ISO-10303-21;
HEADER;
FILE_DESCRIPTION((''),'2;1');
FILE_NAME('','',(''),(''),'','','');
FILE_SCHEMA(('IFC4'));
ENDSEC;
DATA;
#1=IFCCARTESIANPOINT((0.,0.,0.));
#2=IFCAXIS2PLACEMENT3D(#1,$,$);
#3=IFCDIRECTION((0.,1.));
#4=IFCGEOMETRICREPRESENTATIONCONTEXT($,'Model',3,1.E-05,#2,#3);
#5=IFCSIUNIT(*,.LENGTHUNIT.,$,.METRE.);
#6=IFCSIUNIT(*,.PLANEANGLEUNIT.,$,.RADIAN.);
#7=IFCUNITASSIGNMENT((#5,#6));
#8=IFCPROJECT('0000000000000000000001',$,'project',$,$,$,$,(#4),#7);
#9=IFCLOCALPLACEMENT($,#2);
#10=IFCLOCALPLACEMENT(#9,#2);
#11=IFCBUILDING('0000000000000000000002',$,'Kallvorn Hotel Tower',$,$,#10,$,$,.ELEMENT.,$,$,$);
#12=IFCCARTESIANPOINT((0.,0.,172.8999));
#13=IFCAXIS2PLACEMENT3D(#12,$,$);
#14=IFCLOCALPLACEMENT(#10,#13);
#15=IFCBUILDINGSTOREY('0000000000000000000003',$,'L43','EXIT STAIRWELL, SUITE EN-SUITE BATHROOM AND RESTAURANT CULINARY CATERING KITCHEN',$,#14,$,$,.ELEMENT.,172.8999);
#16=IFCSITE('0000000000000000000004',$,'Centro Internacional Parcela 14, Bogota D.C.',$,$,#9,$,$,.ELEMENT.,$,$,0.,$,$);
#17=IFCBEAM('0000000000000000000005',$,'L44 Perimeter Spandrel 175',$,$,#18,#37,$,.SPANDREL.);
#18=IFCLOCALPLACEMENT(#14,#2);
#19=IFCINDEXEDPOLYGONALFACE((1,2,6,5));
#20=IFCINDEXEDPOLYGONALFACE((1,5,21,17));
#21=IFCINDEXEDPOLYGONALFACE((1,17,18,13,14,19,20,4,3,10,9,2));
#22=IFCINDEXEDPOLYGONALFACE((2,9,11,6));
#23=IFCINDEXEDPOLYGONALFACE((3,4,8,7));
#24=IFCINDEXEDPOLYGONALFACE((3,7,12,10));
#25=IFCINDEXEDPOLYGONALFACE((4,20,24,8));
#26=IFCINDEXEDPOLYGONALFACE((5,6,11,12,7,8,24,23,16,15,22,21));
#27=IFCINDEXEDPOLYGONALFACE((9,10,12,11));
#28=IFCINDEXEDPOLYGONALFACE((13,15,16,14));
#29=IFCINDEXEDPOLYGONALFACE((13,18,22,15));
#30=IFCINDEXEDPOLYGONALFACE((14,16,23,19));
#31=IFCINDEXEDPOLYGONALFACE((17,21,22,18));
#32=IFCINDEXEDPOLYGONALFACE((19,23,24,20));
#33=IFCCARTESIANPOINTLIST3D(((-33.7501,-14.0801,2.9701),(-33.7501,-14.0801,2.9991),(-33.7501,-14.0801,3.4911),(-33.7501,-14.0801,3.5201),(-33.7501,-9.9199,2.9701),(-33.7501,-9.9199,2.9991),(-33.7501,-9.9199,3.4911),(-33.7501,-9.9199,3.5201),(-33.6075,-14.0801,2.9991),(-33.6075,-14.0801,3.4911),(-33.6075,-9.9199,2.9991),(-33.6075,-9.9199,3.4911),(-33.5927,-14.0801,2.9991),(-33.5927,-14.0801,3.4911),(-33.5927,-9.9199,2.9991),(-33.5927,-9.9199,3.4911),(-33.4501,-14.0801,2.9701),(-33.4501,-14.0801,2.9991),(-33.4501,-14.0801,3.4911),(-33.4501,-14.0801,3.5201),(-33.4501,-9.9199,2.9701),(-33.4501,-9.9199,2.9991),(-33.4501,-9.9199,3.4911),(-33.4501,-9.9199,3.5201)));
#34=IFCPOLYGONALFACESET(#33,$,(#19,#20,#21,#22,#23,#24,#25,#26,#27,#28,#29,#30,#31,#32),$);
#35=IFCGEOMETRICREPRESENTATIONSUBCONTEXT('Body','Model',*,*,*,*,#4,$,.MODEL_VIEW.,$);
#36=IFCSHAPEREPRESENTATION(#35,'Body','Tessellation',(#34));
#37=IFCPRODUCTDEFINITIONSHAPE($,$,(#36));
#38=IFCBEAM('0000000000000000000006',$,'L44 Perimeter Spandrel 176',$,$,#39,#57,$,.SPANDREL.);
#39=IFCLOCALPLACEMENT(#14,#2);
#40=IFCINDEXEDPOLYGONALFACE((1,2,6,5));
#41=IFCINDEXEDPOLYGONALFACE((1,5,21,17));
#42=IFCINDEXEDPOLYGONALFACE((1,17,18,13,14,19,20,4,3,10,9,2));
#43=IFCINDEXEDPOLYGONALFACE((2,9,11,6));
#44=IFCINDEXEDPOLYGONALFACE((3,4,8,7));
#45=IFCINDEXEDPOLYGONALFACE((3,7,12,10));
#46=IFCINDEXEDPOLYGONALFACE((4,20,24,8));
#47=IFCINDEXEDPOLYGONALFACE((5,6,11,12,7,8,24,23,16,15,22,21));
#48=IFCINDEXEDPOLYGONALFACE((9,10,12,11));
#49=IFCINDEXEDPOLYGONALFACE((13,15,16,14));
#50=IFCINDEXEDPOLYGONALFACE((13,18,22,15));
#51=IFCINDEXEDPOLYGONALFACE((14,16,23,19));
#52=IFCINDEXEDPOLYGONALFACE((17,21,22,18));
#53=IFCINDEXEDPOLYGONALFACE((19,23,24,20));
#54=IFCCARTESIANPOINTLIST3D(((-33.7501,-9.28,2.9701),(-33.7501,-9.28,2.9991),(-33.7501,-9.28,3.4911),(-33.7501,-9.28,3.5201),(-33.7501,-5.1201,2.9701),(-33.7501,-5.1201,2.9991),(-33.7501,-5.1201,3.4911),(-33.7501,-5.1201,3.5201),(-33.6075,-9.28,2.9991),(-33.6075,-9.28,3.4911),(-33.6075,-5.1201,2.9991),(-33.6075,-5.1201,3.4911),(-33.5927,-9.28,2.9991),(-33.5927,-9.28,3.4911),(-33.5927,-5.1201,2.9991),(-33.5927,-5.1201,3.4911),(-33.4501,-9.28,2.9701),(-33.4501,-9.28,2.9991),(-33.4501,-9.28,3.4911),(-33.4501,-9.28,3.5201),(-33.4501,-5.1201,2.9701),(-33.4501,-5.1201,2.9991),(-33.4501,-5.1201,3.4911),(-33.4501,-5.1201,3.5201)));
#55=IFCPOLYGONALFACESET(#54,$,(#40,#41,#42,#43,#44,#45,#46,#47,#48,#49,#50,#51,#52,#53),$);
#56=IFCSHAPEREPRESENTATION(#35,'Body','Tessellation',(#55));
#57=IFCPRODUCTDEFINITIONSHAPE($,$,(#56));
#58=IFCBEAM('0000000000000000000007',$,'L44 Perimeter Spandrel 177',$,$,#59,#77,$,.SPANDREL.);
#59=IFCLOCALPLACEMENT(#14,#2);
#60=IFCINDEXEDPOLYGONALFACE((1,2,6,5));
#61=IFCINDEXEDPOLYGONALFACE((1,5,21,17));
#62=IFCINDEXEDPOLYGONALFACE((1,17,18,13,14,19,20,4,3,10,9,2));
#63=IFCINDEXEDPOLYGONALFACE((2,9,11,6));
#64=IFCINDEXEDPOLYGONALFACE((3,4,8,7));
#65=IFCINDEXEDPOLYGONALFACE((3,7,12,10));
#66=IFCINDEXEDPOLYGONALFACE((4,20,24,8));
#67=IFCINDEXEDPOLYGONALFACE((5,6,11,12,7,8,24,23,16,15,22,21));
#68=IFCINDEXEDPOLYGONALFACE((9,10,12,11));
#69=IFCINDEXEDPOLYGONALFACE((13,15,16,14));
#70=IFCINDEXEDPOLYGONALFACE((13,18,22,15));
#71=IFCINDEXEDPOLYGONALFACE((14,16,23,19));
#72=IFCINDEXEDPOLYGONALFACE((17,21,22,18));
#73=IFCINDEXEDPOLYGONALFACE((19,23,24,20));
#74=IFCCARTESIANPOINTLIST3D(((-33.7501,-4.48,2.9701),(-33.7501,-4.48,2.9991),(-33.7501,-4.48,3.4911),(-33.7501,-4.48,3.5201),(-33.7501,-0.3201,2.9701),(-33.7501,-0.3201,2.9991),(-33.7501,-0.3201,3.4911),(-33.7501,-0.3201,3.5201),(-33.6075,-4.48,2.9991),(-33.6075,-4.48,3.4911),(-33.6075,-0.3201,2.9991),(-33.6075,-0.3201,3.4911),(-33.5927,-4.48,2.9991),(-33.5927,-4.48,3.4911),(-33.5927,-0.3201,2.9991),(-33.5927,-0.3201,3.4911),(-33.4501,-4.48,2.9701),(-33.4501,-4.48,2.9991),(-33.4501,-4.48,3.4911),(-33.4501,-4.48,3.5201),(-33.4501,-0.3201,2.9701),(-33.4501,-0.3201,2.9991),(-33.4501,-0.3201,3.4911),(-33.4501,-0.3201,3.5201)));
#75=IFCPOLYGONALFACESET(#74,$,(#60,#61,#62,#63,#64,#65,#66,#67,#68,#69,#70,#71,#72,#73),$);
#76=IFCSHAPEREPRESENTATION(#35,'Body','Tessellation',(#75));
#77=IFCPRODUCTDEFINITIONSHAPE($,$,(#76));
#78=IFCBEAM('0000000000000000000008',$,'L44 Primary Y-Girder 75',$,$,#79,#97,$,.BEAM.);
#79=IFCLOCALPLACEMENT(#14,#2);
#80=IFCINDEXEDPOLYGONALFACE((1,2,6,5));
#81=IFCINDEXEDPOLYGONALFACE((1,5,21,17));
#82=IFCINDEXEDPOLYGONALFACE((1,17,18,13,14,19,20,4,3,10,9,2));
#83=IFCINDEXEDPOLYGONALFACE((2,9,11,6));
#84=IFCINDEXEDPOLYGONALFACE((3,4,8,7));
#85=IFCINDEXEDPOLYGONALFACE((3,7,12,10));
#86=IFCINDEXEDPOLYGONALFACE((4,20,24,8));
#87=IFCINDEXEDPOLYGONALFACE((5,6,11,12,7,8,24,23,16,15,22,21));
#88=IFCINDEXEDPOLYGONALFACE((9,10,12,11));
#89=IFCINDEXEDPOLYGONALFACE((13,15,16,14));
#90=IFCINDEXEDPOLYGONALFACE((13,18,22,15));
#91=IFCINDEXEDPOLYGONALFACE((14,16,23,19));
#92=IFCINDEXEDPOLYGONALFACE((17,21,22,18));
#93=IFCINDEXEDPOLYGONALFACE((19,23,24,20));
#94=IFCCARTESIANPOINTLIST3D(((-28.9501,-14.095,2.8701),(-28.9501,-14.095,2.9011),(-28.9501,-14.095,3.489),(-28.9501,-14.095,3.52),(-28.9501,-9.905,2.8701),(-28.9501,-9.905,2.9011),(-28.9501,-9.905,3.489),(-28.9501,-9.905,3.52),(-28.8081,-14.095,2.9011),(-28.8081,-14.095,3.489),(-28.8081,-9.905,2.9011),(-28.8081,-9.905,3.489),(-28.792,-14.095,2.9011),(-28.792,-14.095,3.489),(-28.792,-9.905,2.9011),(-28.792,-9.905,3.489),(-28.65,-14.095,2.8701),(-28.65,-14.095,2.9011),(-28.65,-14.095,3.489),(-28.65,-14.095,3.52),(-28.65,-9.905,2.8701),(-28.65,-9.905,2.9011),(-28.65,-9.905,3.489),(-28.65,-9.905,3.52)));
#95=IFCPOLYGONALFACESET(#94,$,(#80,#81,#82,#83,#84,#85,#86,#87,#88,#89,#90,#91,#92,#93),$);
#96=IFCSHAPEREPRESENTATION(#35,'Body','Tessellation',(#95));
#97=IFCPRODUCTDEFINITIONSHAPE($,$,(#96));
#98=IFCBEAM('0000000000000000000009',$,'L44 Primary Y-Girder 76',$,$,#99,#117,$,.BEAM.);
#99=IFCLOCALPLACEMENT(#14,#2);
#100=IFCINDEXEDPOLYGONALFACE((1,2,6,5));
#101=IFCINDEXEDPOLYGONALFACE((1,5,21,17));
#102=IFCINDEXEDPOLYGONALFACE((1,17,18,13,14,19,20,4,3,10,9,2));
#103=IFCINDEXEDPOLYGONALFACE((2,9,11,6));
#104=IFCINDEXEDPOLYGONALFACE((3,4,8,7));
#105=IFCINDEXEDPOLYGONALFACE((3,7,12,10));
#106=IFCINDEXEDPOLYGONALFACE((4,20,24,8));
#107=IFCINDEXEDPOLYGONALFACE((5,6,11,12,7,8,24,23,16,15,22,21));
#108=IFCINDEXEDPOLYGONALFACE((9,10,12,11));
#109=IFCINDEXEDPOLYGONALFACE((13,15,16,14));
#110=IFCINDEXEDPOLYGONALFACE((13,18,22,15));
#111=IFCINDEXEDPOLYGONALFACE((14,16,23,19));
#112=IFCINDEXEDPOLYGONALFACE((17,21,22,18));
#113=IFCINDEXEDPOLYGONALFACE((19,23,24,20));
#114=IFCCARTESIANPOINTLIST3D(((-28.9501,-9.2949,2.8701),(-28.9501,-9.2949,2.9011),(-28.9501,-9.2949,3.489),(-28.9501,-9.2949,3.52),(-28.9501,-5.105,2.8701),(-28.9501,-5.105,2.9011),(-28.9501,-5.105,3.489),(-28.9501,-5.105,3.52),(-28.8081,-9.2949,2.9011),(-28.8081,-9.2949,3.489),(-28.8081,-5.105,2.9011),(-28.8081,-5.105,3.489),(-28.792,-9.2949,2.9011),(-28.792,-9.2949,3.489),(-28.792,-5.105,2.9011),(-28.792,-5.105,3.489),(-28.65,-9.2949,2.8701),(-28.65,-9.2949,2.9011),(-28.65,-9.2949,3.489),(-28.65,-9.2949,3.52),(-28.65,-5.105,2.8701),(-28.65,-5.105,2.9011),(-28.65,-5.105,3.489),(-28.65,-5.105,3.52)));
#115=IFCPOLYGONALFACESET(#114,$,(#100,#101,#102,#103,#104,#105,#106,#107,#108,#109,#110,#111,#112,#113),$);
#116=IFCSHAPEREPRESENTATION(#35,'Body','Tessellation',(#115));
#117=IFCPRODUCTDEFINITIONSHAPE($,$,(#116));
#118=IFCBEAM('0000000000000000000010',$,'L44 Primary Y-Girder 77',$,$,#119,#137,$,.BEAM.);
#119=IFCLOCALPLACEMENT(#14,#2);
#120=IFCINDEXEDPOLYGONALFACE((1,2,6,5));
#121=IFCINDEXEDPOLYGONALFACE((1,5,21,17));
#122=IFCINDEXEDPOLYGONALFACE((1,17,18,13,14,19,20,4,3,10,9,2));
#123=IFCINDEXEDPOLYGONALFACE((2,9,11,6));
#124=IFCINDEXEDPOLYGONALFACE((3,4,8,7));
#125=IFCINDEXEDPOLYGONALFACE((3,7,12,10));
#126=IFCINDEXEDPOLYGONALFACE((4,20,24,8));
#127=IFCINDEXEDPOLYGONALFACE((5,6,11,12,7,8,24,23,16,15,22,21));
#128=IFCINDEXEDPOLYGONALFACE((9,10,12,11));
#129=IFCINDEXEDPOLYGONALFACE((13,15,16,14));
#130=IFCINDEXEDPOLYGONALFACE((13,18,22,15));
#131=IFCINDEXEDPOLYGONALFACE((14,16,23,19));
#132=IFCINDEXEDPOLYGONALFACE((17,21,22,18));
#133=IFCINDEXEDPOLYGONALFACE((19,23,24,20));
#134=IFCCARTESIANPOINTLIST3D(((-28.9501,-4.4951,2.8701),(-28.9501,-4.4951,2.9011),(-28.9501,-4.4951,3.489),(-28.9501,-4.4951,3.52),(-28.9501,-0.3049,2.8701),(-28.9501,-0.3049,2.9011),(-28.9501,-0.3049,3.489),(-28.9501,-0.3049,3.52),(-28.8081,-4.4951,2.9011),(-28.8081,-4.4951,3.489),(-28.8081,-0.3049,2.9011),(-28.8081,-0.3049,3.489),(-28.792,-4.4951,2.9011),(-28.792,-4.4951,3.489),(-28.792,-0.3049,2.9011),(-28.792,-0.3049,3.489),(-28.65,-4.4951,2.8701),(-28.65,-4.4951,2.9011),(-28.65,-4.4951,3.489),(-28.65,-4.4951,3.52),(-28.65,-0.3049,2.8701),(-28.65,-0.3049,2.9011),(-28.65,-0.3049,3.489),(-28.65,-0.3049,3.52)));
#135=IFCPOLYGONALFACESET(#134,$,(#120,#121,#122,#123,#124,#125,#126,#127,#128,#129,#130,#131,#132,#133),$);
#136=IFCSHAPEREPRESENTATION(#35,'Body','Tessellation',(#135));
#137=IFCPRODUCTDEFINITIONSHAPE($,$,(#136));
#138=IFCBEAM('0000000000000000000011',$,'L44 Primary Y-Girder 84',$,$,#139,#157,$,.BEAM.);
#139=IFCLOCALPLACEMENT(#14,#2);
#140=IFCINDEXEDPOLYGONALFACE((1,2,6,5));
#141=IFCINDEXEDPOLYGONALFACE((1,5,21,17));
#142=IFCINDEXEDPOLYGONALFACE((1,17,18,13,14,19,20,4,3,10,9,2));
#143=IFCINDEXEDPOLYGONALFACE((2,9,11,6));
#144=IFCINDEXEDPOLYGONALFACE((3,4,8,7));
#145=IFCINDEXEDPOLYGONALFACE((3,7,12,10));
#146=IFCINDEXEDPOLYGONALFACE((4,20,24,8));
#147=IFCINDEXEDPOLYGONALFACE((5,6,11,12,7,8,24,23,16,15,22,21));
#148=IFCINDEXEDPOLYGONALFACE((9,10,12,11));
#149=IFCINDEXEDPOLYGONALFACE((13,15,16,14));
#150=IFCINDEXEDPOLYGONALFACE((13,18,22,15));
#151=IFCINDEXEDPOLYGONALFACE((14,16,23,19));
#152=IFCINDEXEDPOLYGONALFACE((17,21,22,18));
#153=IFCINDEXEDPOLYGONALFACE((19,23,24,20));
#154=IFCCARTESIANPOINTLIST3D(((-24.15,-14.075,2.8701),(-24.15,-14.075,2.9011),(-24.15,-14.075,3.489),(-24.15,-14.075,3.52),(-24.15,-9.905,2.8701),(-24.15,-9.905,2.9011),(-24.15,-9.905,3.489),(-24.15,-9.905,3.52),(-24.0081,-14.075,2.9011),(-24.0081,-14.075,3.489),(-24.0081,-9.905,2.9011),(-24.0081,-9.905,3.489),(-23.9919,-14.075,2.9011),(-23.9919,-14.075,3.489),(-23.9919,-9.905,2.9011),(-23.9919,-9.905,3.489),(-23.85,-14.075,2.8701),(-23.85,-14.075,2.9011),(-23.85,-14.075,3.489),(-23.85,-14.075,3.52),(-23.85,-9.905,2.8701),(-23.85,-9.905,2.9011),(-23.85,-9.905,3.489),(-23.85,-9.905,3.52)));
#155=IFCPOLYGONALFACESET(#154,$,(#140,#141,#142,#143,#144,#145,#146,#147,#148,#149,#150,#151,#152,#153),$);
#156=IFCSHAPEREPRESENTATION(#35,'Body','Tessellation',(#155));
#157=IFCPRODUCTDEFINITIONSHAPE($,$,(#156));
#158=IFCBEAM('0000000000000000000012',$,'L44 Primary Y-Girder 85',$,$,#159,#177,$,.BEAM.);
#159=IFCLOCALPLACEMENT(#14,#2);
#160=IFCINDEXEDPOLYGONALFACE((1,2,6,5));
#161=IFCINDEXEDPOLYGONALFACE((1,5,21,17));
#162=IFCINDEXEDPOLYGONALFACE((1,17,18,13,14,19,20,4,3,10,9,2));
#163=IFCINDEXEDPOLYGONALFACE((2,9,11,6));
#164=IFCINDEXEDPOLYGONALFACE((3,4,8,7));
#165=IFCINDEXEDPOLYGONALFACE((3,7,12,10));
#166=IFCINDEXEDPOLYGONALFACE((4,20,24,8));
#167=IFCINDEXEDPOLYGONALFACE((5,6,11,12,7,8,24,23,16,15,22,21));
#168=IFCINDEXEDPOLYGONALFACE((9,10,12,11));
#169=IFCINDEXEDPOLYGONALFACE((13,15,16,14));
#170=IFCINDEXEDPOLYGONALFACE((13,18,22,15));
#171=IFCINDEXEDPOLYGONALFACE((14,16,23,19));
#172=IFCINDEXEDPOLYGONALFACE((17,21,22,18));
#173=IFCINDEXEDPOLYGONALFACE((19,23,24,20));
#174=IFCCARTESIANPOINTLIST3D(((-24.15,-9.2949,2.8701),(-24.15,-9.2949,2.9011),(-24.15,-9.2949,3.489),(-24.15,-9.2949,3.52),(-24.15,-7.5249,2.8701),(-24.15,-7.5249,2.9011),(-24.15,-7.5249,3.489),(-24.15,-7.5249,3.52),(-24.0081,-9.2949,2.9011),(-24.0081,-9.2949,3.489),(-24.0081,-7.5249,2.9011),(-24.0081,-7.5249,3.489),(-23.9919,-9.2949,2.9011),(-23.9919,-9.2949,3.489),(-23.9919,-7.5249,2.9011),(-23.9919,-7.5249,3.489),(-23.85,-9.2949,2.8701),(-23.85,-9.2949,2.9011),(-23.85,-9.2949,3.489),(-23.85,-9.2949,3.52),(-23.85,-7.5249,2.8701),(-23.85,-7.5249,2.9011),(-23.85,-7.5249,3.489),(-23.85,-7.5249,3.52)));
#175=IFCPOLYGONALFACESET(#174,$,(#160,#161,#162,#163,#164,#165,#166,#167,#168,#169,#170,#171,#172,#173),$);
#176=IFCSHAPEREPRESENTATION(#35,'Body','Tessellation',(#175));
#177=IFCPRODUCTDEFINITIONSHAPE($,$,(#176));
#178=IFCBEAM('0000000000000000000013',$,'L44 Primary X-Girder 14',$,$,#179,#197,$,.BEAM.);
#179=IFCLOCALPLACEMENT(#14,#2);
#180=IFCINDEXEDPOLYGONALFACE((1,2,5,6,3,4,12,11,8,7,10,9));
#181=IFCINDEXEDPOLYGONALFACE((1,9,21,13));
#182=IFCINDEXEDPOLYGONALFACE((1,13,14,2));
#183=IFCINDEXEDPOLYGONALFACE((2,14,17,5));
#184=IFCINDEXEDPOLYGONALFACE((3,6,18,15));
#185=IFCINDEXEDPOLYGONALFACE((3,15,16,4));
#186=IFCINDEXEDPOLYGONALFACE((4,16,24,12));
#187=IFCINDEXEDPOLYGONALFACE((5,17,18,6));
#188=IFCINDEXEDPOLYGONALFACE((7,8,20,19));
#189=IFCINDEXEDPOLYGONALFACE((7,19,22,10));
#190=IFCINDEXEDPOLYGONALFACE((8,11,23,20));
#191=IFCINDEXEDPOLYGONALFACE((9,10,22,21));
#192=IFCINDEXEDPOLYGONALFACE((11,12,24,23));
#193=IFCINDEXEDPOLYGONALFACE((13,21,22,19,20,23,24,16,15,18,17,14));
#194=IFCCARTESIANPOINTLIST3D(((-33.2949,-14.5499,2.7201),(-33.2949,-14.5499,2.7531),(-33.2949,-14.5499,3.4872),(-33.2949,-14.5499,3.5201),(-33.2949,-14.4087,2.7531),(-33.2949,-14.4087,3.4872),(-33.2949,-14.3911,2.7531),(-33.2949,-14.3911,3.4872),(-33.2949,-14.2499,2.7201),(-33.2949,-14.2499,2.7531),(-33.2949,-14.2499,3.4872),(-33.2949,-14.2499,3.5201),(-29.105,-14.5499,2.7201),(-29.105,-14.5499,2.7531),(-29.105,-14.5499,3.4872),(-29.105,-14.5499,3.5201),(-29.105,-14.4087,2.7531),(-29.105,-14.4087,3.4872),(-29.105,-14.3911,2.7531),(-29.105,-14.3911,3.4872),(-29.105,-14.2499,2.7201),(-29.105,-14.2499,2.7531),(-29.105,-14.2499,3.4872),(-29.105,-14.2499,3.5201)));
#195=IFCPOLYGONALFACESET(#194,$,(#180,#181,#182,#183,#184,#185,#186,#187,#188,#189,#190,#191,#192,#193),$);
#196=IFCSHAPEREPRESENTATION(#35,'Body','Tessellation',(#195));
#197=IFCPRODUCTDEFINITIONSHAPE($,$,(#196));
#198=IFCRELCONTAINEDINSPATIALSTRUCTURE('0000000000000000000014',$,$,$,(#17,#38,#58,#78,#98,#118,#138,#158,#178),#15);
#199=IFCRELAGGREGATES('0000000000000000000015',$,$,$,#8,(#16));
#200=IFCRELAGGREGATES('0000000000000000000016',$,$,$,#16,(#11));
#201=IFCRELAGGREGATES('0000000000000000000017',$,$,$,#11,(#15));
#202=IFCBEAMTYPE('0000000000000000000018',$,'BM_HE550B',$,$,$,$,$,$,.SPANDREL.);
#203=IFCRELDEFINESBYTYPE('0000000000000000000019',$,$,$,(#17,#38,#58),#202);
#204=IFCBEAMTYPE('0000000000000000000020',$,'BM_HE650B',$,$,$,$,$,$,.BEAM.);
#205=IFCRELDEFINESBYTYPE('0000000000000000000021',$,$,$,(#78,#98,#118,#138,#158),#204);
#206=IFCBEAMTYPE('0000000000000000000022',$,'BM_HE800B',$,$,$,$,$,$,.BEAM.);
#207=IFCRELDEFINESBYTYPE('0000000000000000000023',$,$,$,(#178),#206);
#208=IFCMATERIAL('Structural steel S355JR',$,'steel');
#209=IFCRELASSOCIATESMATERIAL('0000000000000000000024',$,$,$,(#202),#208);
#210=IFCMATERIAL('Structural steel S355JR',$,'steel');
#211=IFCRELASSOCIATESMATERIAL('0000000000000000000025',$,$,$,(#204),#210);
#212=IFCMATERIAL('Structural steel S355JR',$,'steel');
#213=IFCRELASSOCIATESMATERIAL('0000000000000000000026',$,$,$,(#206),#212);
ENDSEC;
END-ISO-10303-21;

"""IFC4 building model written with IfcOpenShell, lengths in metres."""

from ifc_helpers import new_model, si_unit, direction, frame, origin, origin_2d, place, context, subcontext, project, spatial, i_section, extrude, material, material_profile, profile_set, type_object, element, save


model = new_model("IFC4")

# Units and contexts
model_context = context("Model", 3, precision=1e-05, world=origin(), true_north=direction((0.0, 1.0)))
body_context = subcontext(model_context, "Body", "Model", "MODEL_VIEW")
ifc_project = project(units=[si_unit("LENGTHUNIT", "METRE"), si_unit("PLANEANGLEUNIT", "RADIAN")], contexts=[model_context])

# Site, building, storey
site_placement = place(None, origin())
site = spatial("IfcSite", under=ifc_project, at=site_placement, Name="Centro Internacional Parcela 14, Bogota D.C.", CompositionType="ELEMENT", RefElevation=0.0)
building_placement = place(site_placement, origin())
building = spatial("IfcBuilding", under=site, at=building_placement, Name="Kallvorn Hotel Tower", CompositionType="ELEMENT")
storey_placement = place(building_placement, frame((0.0, 0.0, 172.8999)))
storey = spatial("IfcBuildingStorey", under=building, at=storey_placement, Name="L43", Description="EXIT STAIRWELL, SUITE EN-SUITE BATHROOM AND RESTAURANT CULINARY CATERING KITCHEN", CompositionType="ELEMENT", Elevation=172.8999)

# Beams
ifc_material_1 = material(Name="Structural steel S355JR", Category="steel")
ifc_material_profile_1 = material_profile(ifc_material_1, i_section(OverallWidth=0.3, OverallDepth=0.55, WebThickness=0.0149, FlangeThickness=0.0291, at=origin_2d()), Name="HE 550 B")
ifc_profile_set_1 = profile_set([ifc_material_profile_1], Name="Structural steel S355JR")
beam_type_1 = type_object("IfcBeamType", Name="BM_HE550B", PredefinedType="SPANDREL", material=ifc_profile_set_1)
beam_1_placement = place(storey_placement, frame((-33.6001, -14.0801, 3.2451), z_axis=(0.0, 1.0, 0.0), x_axis=(-1.0, 0.0, 0.0)))
element("IfcBeam", 1, at=beam_1_placement, inside=storey, type_object=beam_type_1, Name="L44 Perimeter Spandrel 175", PredefinedType="SPANDREL", context=body_context, shape_type="SweptSolid", body=[
    extrude(i_section(OverallWidth=0.3, OverallDepth=0.55, WebThickness=0.0149, FlangeThickness=0.0291, at=origin_2d()), origin(), (0.0, 0.0, 1.0), 4.1602),
])
for number, where, z_axis, x_axis, name in (
    (2, (-33.6001, -9.28, 3.2451), (0.0, 1.0, 0.0), (-1.0, 0.0, 0.0), "L44 Perimeter Spandrel 176"),
    (3, (-33.6001, -4.48, 3.2451), (0.0, 1.0, 0.0), (-1.0, 0.0, 0.0), "L44 Perimeter Spandrel 177"),
):
    element("IfcBeam", number, at=place(storey_placement, frame(where, z_axis=z_axis, x_axis=x_axis)), inside=storey, type_object=beam_type_1, Name=name, PredefinedType="SPANDREL", context=body_context, shape_type="SweptSolid", body=[
        extrude(i_section(OverallWidth=0.3, OverallDepth=0.55, WebThickness=0.0149, FlangeThickness=0.0291, at=origin_2d()), origin(), (0.0, 0.0, 1.0), 4.1599),
    ])
ifc_material_2 = material(Name="Structural steel S355JR", Category="steel")
ifc_material_profile_2 = material_profile(ifc_material_2, i_section(OverallWidth=0.3, OverallDepth=0.6499, WebThickness=0.0161, FlangeThickness=0.031, at=origin_2d()), Name="HE 650 B")
ifc_profile_set_2 = profile_set([ifc_material_profile_2], Name="Structural steel S355JR")
beam_type_2 = type_object("IfcBeamType", Name="BM_HE650B", PredefinedType="BEAM", material=ifc_profile_set_2)
for number, where, z_axis, x_axis, name in (
    (4, (-28.8, -14.095, 3.1951), (0.0, 1.0, 0.0), (-1.0, 0.0, 0.0), "L44 Primary Y-Girder 75"),
    (5, (-28.8, -9.2949, 3.1951), (0.0, 1.0, 0.0), (-1.0, 0.0, 0.0), "L44 Primary Y-Girder 76"),
):
    element("IfcBeam", number, at=place(storey_placement, frame(where, z_axis=z_axis, x_axis=x_axis)), inside=storey, type_object=beam_type_2, Name=name, PredefinedType="BEAM", context=body_context, shape_type="SweptSolid", body=[
        extrude(i_section(OverallWidth=0.3, OverallDepth=0.6499, WebThickness=0.0161, FlangeThickness=0.031, at=origin_2d()), origin(), (0.0, 0.0, 1.0), 4.1899),
    ])
beam_2_placement = place(storey_placement, frame((-28.8, -4.4951, 3.1951), z_axis=(0.0, 1.0, 0.0), x_axis=(-1.0, 0.0, 0.0)))
element("IfcBeam", 6, at=beam_2_placement, inside=storey, type_object=beam_type_2, Name="L44 Primary Y-Girder 77", PredefinedType="BEAM", context=body_context, shape_type="SweptSolid", body=[
    extrude(i_section(OverallWidth=0.3, OverallDepth=0.6499, WebThickness=0.0161, FlangeThickness=0.031, at=origin_2d()), origin(), (0.0, 0.0, 1.0), 4.1902),
])
beam_3_placement = place(storey_placement, frame((-24.0, -14.075, 3.1951), z_axis=(0.0, 1.0, 0.0), x_axis=(-1.0, 0.0, 0.0)))
element("IfcBeam", 7, at=beam_3_placement, inside=storey, type_object=beam_type_2, Name="L44 Primary Y-Girder 84", PredefinedType="BEAM", context=body_context, shape_type="SweptSolid", body=[
    extrude(i_section(OverallWidth=0.3, OverallDepth=0.6499, WebThickness=0.0161, FlangeThickness=0.031, at=origin_2d()), origin(), (0.0, 0.0, 1.0), 4.1699),
])
beam_4_placement = place(storey_placement, frame((-24.0, -9.2949, 3.1951), z_axis=(0.0, 1.0, 0.0), x_axis=(-1.0, 0.0, 0.0)))
element("IfcBeam", 8, at=beam_4_placement, inside=storey, type_object=beam_type_2, Name="L44 Primary Y-Girder 85", PredefinedType="BEAM", context=body_context, shape_type="SweptSolid", body=[
    extrude(i_section(OverallWidth=0.3, OverallDepth=0.6499, WebThickness=0.0161, FlangeThickness=0.031, at=origin_2d()), origin(), (0.0, 0.0, 1.0), 1.77),
])
ifc_material_3 = material(Name="Structural steel S355JR", Category="steel")
ifc_material_profile_3 = material_profile(ifc_material_3, i_section(OverallWidth=0.3, OverallDepth=0.8, WebThickness=0.0176, FlangeThickness=0.033, at=origin_2d()), Name="HE 800 B")
ifc_profile_set_3 = profile_set([ifc_material_profile_3], Name="Structural steel S355JR")
beam_type_3 = type_object("IfcBeamType", Name="BM_HE800B", PredefinedType="BEAM", material=ifc_profile_set_3)
beam_5_placement = place(storey_placement, frame((-33.2949, -14.3999, 3.1201), z_axis=(1.0, 0.0, 0.0), x_axis=(0.0, 1.0, 0.0)))
element("IfcBeam", 9, at=beam_5_placement, inside=storey, type_object=beam_type_3, Name="L44 Primary X-Girder 14", PredefinedType="BEAM", context=body_context, shape_type="SweptSolid", body=[
    extrude(i_section(OverallWidth=0.3, OverallDepth=0.8, WebThickness=0.0176, FlangeThickness=0.033, at=origin_2d()), origin(), (0.0, 0.0, 1.0), 4.1899),
])

save(model, "model.ifc")
